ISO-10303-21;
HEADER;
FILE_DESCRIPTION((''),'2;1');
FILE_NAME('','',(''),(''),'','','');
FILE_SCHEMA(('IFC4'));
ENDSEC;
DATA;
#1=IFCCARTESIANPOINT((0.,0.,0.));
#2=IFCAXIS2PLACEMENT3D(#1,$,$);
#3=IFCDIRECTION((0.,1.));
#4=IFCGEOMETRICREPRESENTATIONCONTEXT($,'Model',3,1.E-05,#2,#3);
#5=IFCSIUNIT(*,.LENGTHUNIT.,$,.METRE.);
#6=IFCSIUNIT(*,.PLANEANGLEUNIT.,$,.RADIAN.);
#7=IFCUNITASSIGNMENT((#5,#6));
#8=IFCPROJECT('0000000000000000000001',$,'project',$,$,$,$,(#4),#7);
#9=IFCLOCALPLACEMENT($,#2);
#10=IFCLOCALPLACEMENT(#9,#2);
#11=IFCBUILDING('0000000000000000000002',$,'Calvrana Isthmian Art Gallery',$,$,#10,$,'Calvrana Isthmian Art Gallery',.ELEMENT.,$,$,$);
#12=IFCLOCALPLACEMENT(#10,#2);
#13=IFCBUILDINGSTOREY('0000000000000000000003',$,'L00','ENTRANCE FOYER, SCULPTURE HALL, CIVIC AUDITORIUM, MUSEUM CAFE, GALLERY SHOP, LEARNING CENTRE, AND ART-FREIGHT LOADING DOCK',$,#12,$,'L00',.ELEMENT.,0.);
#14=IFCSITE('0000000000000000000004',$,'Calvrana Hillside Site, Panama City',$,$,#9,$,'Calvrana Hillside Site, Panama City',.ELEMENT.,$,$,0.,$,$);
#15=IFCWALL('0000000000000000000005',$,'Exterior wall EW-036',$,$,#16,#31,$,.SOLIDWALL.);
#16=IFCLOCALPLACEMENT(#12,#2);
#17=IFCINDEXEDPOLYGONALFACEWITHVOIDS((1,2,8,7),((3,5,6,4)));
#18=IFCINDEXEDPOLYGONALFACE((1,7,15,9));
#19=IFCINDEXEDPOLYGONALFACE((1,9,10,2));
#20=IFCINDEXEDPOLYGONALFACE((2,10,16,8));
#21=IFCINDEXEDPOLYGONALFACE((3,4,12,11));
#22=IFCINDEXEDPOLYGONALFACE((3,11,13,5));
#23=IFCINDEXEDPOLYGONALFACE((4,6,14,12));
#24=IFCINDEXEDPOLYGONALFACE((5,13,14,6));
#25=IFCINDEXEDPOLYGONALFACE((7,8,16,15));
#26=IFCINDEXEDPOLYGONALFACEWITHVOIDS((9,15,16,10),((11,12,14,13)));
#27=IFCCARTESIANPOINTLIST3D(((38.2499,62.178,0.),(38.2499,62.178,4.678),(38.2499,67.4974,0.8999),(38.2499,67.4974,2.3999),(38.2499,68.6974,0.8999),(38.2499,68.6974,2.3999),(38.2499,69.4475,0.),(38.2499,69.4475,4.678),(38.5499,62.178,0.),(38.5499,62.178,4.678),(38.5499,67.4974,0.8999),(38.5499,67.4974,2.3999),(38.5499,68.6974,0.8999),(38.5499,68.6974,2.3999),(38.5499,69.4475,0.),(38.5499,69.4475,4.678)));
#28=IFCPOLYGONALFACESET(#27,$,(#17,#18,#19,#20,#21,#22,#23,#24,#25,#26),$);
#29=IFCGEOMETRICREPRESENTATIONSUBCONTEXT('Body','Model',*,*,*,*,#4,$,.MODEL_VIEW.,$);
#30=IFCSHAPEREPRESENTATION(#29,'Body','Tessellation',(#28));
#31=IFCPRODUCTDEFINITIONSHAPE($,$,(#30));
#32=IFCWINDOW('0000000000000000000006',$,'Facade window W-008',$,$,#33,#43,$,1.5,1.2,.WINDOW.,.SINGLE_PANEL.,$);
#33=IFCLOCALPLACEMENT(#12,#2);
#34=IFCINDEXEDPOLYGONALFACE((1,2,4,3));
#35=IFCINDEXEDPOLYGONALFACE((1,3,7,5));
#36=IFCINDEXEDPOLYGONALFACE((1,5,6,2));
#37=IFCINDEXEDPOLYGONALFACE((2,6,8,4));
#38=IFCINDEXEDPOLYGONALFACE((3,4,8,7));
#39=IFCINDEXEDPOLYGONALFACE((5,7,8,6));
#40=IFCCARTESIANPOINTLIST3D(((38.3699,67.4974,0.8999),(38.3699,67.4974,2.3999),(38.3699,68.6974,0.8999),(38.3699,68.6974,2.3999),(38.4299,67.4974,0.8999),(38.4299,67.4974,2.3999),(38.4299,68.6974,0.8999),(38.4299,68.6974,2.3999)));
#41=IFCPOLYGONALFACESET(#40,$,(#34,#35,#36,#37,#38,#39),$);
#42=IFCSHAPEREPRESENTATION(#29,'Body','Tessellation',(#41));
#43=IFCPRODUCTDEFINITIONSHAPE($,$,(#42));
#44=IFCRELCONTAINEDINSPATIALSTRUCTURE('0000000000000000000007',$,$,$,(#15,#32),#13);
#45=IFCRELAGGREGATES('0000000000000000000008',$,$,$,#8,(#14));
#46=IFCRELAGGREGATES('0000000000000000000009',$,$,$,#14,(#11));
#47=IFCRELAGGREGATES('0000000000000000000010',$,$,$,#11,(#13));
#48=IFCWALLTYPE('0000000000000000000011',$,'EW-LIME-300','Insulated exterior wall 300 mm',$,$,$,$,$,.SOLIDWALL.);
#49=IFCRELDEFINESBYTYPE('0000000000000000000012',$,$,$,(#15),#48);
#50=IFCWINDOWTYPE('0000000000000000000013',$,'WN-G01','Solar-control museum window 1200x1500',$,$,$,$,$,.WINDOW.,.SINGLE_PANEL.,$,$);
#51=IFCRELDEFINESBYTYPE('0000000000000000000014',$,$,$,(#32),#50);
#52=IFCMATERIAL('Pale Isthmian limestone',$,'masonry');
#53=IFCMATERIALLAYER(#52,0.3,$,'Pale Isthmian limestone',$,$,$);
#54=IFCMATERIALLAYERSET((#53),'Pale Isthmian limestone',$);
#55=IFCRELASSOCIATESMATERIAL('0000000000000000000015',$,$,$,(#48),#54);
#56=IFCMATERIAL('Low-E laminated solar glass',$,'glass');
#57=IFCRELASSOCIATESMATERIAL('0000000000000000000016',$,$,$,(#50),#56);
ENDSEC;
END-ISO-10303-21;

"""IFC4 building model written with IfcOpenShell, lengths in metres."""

from ifc_helpers import new_model, si_unit, direction, frame, frame_2d, origin, place, context, subcontext, project, spatial, rectangle, extrude, material, layer, layer_set, type_object, element, fill, save


model = new_model("IFC4")

# Units and contexts
model_context = context("Model", 3, precision=1e-05, world=origin(), true_north=direction((0.0, 1.0)))
body_context = subcontext(model_context, "Body", "Model", "MODEL_VIEW")
ifc_project = project(units=[si_unit("LENGTHUNIT", "METRE"), si_unit("PLANEANGLEUNIT", "RADIAN")], contexts=[model_context])

# Site, building, storey
site_placement = place(None, origin())
site = spatial("IfcSite", under=ifc_project, at=site_placement, Name="Calvrana Hillside Site, Panama City", LongName="Calvrana Hillside Site, Panama City", CompositionType="ELEMENT", RefElevation=0.0)
building_placement = place(site_placement, origin())
building = spatial("IfcBuilding", under=site, at=building_placement, Name="Calvrana Isthmian Art Gallery", LongName="Calvrana Isthmian Art Gallery", CompositionType="ELEMENT")
storey_placement = place(building_placement, origin())
storey = spatial("IfcBuildingStorey", under=building, at=storey_placement, Name="L00", Description="ENTRANCE FOYER, SCULPTURE HALL, CIVIC AUDITORIUM, MUSEUM CAFE, GALLERY SHOP, LEARNING CENTRE, AND ART-FREIGHT LOADING DOCK", LongName="L00", CompositionType="ELEMENT", Elevation=0.0)

# Shared definitions
ifc_material_1 = material(Name="Low-E laminated solar glass", Category="glass")

# Wall, opening, window
ifc_material_2 = material(Name="Pale Isthmian limestone", Category="masonry")
ifc_layer_1 = layer(ifc_material_2, 0.3, Name="Pale Isthmian limestone")
ifc_layer_set_1 = layer_set([ifc_layer_1], Name="Pale Isthmian limestone")
wall_type = type_object("IfcWallType", Name="EW-LIME-300", Description="Insulated exterior wall 300 mm", PredefinedType="SOLIDWALL", material=ifc_layer_set_1)
wall_placement = place(storey_placement, frame((38.3999, 69.4475, 0.0), z_axis=(0.0, 0.0, 1.0), x_axis=(0.0, -1.0, 0.0)))
wall = element("IfcWall", 1, at=wall_placement, inside=storey, type_object=wall_type, Name="Exterior wall EW-036", PredefinedType="SOLIDWALL", context=body_context, shape_type="SweptSolid", body=[
    extrude(rectangle(XDim=7.2695, YDim=0.3, at=frame_2d((3.6348, 0.0))), origin(), (0.0, 0.0, 1.0), 4.678),
])
opening_placement = place(wall_placement, frame((0.75, 0.0, 0.8999)))
opening = element("IfcOpeningElement", 2, at=opening_placement, cuts=wall, PredefinedType="OPENING", context=body_context, shape_type="SweptSolid", body=[
    extrude(rectangle(XDim=1.2, YDim=1.5, at=frame_2d((0.6001, 0.75))), frame((0.0, 0.1602, 0.0), z_axis=(0.0, -1.0, 0.0), x_axis=(1.0, 0.0, 0.0)), (0.0, 0.0, 1.0), 0.3206),
])
window_type = type_object("IfcWindowType", Name="WN-G01", Description="Solar-control museum window 1200x1500", PartitioningType="SINGLE_PANEL", PredefinedType="WINDOW", material=ifc_material_1)
window_placement = place(opening_placement, origin())
window = element("IfcWindow", 3, at=window_placement, inside=storey, type_object=window_type, Name="Facade window W-008", OverallHeight=1.5, OverallWidth=1.2, PartitioningType="SINGLE_PANEL", PredefinedType="WINDOW", context=body_context, shape_type="SweptSolid", body=[
    extrude(rectangle(XDim=1.2, YDim=1.5, at=frame_2d((0.6001, 0.75))), frame((0.0, 0.03, 0.0), z_axis=(0.0, -1.0, 0.0), x_axis=(1.0, 0.0, 0.0)), (0.0, 0.0, 1.0), 0.0601),
])
fill(opening, window)

save(model, "model.ifc")
